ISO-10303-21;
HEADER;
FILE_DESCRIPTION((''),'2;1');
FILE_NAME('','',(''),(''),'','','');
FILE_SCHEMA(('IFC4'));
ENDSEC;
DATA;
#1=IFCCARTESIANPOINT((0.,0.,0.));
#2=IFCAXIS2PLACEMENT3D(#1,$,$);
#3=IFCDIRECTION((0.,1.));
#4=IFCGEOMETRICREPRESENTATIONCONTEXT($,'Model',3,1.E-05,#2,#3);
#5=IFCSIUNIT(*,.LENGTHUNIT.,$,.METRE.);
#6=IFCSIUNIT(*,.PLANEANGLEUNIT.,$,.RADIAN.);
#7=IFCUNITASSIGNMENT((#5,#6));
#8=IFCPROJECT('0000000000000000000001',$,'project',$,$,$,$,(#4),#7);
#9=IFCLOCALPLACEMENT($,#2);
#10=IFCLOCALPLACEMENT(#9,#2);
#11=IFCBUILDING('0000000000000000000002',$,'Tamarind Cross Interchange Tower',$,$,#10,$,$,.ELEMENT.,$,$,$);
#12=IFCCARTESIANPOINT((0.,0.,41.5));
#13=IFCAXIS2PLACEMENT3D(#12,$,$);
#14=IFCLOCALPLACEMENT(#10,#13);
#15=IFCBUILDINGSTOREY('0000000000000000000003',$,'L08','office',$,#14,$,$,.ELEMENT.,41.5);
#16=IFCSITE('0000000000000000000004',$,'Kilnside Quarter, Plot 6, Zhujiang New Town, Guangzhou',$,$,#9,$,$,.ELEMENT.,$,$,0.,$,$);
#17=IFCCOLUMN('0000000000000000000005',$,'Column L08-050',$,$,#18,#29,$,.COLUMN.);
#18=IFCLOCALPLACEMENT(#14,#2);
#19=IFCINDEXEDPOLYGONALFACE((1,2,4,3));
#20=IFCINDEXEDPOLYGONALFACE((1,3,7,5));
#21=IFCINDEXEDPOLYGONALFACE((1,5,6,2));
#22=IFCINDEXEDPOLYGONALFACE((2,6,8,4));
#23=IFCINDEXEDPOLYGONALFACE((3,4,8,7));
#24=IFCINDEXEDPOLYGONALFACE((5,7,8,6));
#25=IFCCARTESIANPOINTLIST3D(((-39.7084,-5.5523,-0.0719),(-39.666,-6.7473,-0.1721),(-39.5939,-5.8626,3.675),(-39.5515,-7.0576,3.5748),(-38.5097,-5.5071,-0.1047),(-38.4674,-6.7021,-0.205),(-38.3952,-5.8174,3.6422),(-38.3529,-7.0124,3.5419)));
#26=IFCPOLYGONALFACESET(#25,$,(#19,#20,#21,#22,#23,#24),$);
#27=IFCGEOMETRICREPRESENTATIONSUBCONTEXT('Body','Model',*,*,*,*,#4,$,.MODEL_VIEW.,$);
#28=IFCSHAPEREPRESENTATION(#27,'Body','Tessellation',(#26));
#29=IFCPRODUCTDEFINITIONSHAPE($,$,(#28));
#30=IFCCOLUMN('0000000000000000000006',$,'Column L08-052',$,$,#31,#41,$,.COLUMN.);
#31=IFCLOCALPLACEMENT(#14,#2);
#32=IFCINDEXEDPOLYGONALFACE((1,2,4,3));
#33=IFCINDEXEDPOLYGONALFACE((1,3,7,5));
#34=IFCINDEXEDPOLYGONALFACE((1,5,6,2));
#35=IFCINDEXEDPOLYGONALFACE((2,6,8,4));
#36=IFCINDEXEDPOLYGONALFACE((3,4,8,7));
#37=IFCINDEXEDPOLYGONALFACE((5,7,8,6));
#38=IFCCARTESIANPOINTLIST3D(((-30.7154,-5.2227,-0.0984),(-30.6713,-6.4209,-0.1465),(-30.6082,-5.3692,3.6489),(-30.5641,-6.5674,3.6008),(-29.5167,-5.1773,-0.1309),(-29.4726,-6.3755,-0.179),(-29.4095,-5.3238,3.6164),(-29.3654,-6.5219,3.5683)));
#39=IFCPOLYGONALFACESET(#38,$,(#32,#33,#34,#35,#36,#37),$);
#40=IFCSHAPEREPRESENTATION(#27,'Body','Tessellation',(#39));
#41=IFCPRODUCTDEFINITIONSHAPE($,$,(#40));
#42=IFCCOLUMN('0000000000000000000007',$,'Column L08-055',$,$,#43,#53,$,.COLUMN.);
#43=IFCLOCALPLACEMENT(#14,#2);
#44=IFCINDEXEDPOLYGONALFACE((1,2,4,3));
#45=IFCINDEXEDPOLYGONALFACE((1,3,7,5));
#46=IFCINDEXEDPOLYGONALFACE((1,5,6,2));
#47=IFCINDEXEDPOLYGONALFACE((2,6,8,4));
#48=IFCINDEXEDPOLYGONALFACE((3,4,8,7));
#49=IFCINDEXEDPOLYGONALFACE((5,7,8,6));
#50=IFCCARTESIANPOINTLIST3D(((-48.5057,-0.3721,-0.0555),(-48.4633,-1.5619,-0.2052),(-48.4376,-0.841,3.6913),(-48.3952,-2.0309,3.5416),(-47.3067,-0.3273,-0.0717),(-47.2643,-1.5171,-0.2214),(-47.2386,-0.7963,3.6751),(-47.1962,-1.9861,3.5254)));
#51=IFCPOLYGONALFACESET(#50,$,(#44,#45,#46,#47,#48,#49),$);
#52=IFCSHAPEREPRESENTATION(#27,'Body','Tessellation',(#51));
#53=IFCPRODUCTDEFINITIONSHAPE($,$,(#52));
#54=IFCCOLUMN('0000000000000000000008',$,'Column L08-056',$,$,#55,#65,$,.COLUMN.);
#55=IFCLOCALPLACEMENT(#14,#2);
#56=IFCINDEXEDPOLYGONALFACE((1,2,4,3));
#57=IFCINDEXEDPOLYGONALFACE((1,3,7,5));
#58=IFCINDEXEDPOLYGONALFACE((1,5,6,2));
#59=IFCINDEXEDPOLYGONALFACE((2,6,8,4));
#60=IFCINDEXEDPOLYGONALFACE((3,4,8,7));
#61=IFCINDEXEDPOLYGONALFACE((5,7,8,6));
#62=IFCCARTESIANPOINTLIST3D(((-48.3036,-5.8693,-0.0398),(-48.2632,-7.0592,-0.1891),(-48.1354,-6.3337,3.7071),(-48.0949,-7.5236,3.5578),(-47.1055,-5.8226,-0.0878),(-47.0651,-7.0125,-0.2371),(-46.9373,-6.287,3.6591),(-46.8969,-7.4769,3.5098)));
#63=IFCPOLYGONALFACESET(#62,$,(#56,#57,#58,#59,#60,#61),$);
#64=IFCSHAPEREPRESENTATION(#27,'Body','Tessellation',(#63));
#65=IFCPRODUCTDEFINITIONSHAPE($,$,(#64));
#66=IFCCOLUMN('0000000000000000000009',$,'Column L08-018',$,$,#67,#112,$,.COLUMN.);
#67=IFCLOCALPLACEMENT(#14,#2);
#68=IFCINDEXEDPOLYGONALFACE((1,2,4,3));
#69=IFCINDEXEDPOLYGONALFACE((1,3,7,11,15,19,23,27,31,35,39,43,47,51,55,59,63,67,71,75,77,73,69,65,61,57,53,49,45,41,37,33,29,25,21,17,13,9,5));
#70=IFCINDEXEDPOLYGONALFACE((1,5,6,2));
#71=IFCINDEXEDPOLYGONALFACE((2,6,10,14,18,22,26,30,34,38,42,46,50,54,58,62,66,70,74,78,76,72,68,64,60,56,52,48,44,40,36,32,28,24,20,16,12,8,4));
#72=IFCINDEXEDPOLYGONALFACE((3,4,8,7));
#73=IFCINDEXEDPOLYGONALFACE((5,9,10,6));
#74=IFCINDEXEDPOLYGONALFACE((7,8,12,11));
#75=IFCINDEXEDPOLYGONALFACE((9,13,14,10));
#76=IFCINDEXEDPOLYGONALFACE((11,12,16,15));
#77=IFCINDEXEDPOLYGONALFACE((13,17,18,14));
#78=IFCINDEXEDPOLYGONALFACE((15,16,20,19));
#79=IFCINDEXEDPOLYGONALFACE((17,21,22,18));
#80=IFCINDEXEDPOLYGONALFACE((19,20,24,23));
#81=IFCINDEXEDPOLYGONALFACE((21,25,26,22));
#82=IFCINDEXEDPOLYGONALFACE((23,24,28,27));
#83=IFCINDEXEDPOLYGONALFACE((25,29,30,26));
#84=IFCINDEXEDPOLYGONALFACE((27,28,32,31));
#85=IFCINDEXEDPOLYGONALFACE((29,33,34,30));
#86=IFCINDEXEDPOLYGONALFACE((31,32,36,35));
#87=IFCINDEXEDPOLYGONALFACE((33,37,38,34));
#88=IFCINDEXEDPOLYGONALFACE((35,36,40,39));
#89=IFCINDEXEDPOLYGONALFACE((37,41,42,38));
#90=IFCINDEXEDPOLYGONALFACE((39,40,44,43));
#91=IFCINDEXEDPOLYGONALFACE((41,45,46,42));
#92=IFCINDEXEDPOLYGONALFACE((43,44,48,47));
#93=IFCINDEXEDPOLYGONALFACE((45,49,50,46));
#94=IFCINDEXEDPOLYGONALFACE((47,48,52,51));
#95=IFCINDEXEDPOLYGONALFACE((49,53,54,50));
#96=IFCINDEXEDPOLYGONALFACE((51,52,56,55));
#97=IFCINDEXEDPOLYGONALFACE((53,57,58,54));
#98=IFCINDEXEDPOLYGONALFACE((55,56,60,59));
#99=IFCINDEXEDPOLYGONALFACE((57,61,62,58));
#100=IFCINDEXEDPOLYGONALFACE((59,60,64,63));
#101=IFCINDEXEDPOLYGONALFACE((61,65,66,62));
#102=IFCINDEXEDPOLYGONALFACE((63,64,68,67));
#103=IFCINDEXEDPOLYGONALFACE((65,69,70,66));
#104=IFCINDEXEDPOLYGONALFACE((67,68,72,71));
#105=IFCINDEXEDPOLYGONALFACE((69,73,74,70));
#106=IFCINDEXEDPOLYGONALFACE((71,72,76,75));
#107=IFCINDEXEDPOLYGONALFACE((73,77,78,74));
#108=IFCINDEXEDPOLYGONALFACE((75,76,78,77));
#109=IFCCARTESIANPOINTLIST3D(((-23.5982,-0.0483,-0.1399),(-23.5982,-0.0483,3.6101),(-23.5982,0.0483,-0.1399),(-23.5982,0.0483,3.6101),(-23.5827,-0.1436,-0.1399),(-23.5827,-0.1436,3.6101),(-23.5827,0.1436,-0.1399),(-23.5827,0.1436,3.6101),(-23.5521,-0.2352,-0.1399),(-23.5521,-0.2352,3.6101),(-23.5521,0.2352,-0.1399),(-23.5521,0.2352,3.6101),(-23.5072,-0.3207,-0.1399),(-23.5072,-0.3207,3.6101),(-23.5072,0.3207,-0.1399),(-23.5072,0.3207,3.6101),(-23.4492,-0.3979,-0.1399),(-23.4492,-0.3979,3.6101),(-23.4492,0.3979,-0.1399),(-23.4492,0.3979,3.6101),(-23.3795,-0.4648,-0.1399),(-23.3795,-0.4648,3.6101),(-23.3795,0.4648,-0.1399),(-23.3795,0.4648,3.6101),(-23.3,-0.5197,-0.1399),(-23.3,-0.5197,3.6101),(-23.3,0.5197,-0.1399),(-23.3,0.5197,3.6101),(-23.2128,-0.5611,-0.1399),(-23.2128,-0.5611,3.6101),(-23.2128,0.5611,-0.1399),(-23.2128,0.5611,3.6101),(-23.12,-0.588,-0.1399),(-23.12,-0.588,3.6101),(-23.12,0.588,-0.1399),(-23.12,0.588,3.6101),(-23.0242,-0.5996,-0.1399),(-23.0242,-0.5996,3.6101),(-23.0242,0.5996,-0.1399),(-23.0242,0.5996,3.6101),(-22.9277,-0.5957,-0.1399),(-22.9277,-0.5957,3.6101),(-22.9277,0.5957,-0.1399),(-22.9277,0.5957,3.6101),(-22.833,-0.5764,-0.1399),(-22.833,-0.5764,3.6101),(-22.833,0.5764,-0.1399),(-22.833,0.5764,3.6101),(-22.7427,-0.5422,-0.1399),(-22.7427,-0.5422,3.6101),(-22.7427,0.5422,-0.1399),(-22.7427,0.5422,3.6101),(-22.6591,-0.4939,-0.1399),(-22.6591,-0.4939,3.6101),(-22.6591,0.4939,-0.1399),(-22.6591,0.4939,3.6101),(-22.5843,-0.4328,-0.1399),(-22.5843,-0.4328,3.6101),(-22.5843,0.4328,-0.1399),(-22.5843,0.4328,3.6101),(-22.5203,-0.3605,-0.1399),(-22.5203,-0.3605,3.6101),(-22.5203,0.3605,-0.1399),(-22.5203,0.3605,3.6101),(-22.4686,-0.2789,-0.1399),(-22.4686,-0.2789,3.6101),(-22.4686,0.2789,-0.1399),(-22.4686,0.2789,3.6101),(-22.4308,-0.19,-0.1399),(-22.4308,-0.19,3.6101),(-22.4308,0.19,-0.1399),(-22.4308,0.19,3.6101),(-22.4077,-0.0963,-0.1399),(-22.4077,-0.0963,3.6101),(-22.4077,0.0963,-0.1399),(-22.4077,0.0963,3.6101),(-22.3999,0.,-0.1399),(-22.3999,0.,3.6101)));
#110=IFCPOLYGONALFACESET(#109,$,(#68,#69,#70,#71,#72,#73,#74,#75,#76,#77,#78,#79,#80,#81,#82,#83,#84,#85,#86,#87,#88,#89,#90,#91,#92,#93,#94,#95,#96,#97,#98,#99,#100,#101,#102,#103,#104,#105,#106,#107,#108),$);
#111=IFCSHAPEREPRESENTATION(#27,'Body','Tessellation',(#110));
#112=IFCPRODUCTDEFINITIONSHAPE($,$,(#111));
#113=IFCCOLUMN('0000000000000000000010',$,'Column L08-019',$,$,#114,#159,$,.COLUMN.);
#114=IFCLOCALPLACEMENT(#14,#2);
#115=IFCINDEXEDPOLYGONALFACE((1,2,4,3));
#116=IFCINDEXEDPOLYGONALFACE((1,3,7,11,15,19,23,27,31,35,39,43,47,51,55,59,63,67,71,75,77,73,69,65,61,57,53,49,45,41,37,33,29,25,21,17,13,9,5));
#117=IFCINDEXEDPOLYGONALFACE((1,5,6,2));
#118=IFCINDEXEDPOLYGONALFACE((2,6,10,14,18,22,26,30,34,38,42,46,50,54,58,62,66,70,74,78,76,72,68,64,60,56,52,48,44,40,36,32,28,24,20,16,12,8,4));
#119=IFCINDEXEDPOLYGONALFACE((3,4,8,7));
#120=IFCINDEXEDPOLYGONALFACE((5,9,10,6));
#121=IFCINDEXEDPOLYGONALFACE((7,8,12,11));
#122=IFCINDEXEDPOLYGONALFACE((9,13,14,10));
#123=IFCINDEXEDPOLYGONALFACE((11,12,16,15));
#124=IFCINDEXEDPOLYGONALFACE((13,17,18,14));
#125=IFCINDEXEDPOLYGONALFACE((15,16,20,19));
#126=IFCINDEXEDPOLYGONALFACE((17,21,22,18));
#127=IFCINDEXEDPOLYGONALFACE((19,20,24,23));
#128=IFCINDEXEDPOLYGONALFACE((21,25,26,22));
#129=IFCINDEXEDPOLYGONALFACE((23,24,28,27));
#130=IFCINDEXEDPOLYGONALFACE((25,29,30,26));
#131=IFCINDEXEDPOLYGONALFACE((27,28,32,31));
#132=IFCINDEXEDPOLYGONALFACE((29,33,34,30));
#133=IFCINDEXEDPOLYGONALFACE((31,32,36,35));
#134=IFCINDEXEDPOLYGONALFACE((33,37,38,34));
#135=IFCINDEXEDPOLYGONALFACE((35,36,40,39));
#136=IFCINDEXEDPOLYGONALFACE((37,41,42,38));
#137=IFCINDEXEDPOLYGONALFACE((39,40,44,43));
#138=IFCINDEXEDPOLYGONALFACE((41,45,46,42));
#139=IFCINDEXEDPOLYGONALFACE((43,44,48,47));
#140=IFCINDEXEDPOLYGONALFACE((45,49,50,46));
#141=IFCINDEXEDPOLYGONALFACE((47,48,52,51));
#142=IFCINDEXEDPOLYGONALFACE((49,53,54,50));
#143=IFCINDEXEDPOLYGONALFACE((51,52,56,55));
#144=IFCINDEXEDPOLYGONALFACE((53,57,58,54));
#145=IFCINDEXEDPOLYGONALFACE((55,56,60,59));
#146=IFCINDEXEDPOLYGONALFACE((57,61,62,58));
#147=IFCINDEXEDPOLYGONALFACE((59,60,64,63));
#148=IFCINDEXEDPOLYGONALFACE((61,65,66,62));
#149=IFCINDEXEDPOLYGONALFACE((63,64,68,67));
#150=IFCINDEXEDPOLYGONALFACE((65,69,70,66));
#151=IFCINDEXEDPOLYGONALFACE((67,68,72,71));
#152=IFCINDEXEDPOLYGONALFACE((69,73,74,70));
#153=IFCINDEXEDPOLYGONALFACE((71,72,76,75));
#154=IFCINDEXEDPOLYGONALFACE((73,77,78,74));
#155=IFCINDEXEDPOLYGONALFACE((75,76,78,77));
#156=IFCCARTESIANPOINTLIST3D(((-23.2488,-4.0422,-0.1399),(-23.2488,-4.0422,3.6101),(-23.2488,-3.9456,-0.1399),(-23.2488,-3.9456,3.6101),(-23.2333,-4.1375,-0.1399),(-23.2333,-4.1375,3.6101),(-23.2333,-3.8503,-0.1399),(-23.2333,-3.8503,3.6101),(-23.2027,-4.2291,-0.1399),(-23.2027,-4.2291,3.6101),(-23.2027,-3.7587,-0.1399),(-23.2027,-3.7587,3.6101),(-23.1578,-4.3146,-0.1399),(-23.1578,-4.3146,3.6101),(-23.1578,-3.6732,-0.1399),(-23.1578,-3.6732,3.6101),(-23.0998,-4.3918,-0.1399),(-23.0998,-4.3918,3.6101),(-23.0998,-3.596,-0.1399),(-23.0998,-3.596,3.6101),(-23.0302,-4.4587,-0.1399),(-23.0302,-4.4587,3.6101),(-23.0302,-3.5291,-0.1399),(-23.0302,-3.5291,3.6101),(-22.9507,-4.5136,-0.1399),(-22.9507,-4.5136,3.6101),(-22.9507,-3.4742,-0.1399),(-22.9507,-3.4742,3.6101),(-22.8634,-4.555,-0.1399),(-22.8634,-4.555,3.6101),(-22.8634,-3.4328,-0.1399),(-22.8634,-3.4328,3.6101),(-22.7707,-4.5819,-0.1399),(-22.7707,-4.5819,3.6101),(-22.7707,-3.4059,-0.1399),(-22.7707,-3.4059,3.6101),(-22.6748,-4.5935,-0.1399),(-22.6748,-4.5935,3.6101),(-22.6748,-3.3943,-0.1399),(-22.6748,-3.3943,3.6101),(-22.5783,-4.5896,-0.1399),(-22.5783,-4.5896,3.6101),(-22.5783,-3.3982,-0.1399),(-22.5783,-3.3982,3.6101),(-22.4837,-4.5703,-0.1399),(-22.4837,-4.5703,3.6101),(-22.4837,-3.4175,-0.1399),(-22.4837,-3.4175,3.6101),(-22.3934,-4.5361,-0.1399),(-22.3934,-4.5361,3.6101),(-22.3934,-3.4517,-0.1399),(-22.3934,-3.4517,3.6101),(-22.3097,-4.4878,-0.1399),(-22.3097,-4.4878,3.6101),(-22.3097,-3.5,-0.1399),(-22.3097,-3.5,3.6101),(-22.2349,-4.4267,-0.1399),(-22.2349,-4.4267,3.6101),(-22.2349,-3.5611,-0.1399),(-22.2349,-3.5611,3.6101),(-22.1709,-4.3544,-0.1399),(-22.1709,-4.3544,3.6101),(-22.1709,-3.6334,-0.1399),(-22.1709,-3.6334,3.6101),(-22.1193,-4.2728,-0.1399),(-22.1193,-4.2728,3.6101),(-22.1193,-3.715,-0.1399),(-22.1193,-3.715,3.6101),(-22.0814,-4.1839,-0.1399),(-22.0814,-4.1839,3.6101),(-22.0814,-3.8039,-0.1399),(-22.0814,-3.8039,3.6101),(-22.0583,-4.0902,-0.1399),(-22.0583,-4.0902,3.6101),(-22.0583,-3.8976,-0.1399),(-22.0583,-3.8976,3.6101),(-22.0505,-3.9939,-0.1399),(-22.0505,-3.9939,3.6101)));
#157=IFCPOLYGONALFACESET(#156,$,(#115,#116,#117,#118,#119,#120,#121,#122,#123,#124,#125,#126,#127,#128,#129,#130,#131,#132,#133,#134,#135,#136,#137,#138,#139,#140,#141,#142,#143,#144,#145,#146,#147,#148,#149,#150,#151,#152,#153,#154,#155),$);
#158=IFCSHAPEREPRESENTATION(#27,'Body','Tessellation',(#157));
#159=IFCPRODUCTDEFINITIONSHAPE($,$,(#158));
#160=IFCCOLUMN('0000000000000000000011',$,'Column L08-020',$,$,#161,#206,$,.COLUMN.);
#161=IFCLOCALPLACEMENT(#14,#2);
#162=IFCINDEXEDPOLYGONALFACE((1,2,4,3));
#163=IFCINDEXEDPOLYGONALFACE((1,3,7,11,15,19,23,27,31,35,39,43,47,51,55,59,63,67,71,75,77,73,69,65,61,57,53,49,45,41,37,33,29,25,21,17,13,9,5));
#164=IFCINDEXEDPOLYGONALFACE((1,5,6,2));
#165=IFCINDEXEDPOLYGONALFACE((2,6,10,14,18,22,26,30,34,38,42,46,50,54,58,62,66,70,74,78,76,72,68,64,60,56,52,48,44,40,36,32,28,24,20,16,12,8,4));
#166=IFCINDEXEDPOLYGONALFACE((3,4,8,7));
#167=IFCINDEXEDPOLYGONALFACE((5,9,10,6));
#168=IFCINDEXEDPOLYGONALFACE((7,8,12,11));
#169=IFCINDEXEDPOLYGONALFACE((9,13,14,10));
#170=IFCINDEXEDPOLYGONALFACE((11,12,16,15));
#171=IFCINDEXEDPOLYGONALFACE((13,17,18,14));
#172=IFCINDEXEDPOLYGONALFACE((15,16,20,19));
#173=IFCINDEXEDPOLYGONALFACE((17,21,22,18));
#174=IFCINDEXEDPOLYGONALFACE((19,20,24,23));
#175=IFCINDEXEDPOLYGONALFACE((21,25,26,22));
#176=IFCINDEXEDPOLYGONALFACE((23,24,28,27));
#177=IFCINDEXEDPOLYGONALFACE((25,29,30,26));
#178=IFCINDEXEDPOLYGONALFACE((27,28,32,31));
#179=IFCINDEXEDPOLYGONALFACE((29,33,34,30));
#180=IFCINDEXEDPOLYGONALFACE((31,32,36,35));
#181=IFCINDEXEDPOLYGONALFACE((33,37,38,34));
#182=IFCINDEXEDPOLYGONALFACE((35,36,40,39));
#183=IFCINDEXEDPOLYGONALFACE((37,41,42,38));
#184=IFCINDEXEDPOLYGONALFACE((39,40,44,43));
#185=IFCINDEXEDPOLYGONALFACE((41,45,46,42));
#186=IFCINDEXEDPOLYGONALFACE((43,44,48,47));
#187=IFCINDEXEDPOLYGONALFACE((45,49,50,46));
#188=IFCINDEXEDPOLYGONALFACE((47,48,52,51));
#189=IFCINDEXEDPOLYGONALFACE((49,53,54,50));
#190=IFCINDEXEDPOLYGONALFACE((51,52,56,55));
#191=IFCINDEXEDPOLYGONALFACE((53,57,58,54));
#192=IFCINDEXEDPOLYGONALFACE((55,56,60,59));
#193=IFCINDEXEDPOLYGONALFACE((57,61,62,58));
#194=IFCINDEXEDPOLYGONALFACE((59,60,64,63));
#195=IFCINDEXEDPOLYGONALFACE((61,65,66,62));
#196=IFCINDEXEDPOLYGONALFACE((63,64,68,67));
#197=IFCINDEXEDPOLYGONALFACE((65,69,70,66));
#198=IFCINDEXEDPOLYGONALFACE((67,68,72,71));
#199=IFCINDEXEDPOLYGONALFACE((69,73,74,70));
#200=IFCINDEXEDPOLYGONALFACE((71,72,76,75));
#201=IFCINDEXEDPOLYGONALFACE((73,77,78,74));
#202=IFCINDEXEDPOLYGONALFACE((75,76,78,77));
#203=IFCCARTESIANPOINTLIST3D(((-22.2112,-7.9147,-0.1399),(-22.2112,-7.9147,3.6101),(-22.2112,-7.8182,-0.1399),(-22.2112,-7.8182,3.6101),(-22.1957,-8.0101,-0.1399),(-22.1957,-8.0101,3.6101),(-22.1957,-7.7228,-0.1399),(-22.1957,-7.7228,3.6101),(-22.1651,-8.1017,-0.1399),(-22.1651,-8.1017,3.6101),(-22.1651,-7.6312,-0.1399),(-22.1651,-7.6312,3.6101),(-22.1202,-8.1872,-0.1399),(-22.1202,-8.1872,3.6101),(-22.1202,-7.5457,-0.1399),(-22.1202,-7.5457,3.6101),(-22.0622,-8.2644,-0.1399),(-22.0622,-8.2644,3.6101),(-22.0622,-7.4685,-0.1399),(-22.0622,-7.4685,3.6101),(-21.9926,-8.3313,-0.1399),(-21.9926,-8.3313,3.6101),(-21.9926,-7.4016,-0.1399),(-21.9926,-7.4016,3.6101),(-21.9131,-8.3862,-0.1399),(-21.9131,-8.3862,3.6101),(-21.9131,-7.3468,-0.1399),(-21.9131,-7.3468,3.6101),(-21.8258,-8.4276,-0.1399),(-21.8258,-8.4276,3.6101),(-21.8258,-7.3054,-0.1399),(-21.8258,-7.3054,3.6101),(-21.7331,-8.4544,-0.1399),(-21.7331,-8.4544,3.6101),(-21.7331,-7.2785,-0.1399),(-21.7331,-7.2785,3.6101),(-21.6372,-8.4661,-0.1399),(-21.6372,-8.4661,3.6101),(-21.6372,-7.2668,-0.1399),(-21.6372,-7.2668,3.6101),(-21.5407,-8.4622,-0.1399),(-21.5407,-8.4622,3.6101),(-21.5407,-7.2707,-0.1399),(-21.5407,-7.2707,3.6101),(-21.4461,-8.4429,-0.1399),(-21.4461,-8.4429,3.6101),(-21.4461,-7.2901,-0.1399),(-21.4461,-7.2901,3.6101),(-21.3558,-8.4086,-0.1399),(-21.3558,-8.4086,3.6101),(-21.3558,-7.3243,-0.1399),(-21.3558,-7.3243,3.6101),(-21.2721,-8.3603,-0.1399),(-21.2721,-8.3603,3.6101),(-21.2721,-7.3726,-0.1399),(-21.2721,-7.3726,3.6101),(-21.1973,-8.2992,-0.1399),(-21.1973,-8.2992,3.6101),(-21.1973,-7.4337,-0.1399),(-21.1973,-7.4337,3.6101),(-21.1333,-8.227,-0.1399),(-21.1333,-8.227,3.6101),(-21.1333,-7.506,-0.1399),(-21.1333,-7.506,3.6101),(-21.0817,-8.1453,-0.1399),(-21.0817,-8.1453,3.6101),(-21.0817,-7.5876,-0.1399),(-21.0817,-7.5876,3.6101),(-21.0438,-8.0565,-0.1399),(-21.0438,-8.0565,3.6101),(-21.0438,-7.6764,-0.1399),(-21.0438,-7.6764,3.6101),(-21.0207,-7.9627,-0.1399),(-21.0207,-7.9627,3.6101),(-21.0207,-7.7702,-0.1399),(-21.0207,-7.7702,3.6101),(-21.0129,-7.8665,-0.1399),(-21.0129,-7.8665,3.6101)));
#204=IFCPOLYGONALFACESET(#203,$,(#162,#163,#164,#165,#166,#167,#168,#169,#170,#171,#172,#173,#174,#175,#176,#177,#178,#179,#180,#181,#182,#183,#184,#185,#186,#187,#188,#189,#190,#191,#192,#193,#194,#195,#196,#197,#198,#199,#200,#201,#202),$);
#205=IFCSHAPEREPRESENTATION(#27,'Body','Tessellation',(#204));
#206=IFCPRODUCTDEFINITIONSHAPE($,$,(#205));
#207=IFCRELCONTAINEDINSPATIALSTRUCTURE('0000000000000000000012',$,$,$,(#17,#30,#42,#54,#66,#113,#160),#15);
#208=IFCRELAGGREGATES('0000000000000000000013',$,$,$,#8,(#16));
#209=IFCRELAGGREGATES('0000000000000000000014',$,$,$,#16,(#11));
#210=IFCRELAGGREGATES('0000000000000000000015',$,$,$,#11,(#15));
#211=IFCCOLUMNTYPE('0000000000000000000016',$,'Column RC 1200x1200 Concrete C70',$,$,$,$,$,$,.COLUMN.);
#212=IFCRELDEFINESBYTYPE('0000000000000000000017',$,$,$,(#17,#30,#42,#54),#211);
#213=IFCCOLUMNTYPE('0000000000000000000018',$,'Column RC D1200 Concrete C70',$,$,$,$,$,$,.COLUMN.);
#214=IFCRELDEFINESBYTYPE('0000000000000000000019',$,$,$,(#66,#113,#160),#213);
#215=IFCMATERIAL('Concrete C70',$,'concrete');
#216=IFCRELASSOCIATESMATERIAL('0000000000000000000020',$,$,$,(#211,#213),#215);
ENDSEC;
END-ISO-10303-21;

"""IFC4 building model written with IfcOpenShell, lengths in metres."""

from ifc_helpers import new_model, si_unit, direction, frame, origin, origin_2d, place, context, subcontext, project, spatial, rectangle, circle, extrude, material, material_profile, profile_set, type_object, element, save


model = new_model("IFC4")

# Units and contexts
model_context = context("Model", 3, precision=1e-05, world=origin(), true_north=direction((0.0, 1.0)))
body_context = subcontext(model_context, "Body", "Model", "MODEL_VIEW")
ifc_project = project(units=[si_unit("LENGTHUNIT", "METRE"), si_unit("PLANEANGLEUNIT", "RADIAN")], contexts=[model_context])

# Site, building, storey
site_placement = place(None, origin())
site = spatial("IfcSite", under=ifc_project, at=site_placement, Name="Kilnside Quarter, Plot 6, Zhujiang New Town, Guangzhou", CompositionType="ELEMENT", RefElevation=0.0)
building_placement = place(site_placement, origin())
building = spatial("IfcBuilding", under=site, at=building_placement, Name="Tamarind Cross Interchange Tower", CompositionType="ELEMENT")
storey_placement = place(building_placement, frame((0.0, 0.0, 41.5)))
storey = spatial("IfcBuildingStorey", under=building, at=storey_placement, Name="L08", Description="office", CompositionType="ELEMENT", Elevation=41.5)

# Columns
ifc_material_1 = material(Name="Concrete C70", Category="concrete")
ifc_material_profile_1 = material_profile(ifc_material_1, rectangle(XDim=1.2, YDim=1.2, at=origin_2d()), Name="RC 1200x1200")
ifc_profile_set_1 = profile_set([ifc_material_profile_1], Name="Concrete C70")
column_type_1 = type_object("IfcColumnType", Name="Column RC 1200x1200 Concrete C70", PredefinedType="COLUMN", material=ifc_profile_set_1)
column_1_placement = place(storey_placement, frame((-39.0879, -6.1272, -0.1384), z_axis=(0.030441, -0.082497, 0.996126), x_axis=(-0.035287, 0.995878, 0.083554)))
element("IfcColumn", 1, at=column_1_placement, inside=storey, type_object=column_type_1, Name="Column L08-050", PredefinedType="COLUMN", context=body_context, shape_type="SweptSolid", body=[
    extrude(rectangle(XDim=1.2, YDim=1.2, at=origin_2d()), origin(), (0.0, 0.0, 1.0), 3.7615),
])
column_2_placement = place(storey_placement, frame((-30.094, -5.7991, -0.1387), z_axis=(0.028568, -0.039045, 0.998829), x_axis=(-0.036748, 0.99852, 0.040084)))
element("IfcColumn", 2, at=column_2_placement, inside=storey, type_object=column_type_1, Name="Column L08-052", PredefinedType="COLUMN", context=body_context, shape_type="SweptSolid", body=[
    extrude(rectangle(XDim=1.2, YDim=1.2, at=origin_2d()), origin(), (0.0, 0.0, 1.0), 3.7517),
])
column_3_placement = place(storey_placement, frame((-47.885, -0.9446, -0.1384), z_axis=(0.018036, -0.124182, 0.992096), x_axis=(-0.035343, 0.991558, 0.124757)))
element("IfcColumn", 3, at=column_3_placement, inside=storey, type_object=column_type_1, Name="Column L08-055", PredefinedType="COLUMN", context=body_context, shape_type="SweptSolid", body=[
    extrude(rectangle(XDim=1.2, YDim=1.2, at=origin_2d()), origin(), (0.0, 0.0, 1.0), 3.7766),
])
column_4_placement = place(storey_placement, frame((-47.6843, -6.4409, -0.1384), z_axis=(0.04451, -0.12287, 0.991424), x_axis=(-0.033684, 0.991659, 0.124412)))
element("IfcColumn", 4, at=column_4_placement, inside=storey, type_object=column_type_1, Name="Column L08-056", PredefinedType="COLUMN", context=body_context, shape_type="SweptSolid", body=[
    extrude(rectangle(XDim=1.2, YDim=1.2, at=origin_2d()), origin(), (0.0, 0.0, 1.0), 3.7793),
])
ifc_material_profile_2 = material_profile(ifc_material_1, circle(Radius=0.6001, at=origin_2d()), Name="RC D1200")
ifc_profile_set_2 = profile_set([ifc_material_profile_2], Name="Concrete C70")
column_type_2 = type_object("IfcColumnType", Name="Column RC D1200 Concrete C70", PredefinedType="COLUMN", material=ifc_profile_set_2)
for number, where, z_axis, x_axis, name in (
    (5, (-23.0, 0.0, -0.1399), (0.0, 0.0, 1.0), (1.0, 0.0, 0.0), "Column L08-018"),
    (6, (-22.6506, -3.9939, -0.1399), (0.0, 0.0, 1.0), (1.0, 0.0, 0.0), "Column L08-019"),
    (7, (-21.613, -7.8665, -0.1399), (0.0, 0.0, 1.0), (1.0, 0.0, 0.0), "Column L08-020"),
):
    element("IfcColumn", number, at=place(storey_placement, frame(where, z_axis=z_axis, x_axis=x_axis)), inside=storey, type_object=column_type_2, Name=name, PredefinedType="COLUMN", context=body_context, shape_type="SweptSolid", body=[
        extrude(circle(Radius=0.6001, at=origin_2d()), origin(), (0.0, 0.0, 1.0), 3.75),
    ])

save(model, "model.ifc")
